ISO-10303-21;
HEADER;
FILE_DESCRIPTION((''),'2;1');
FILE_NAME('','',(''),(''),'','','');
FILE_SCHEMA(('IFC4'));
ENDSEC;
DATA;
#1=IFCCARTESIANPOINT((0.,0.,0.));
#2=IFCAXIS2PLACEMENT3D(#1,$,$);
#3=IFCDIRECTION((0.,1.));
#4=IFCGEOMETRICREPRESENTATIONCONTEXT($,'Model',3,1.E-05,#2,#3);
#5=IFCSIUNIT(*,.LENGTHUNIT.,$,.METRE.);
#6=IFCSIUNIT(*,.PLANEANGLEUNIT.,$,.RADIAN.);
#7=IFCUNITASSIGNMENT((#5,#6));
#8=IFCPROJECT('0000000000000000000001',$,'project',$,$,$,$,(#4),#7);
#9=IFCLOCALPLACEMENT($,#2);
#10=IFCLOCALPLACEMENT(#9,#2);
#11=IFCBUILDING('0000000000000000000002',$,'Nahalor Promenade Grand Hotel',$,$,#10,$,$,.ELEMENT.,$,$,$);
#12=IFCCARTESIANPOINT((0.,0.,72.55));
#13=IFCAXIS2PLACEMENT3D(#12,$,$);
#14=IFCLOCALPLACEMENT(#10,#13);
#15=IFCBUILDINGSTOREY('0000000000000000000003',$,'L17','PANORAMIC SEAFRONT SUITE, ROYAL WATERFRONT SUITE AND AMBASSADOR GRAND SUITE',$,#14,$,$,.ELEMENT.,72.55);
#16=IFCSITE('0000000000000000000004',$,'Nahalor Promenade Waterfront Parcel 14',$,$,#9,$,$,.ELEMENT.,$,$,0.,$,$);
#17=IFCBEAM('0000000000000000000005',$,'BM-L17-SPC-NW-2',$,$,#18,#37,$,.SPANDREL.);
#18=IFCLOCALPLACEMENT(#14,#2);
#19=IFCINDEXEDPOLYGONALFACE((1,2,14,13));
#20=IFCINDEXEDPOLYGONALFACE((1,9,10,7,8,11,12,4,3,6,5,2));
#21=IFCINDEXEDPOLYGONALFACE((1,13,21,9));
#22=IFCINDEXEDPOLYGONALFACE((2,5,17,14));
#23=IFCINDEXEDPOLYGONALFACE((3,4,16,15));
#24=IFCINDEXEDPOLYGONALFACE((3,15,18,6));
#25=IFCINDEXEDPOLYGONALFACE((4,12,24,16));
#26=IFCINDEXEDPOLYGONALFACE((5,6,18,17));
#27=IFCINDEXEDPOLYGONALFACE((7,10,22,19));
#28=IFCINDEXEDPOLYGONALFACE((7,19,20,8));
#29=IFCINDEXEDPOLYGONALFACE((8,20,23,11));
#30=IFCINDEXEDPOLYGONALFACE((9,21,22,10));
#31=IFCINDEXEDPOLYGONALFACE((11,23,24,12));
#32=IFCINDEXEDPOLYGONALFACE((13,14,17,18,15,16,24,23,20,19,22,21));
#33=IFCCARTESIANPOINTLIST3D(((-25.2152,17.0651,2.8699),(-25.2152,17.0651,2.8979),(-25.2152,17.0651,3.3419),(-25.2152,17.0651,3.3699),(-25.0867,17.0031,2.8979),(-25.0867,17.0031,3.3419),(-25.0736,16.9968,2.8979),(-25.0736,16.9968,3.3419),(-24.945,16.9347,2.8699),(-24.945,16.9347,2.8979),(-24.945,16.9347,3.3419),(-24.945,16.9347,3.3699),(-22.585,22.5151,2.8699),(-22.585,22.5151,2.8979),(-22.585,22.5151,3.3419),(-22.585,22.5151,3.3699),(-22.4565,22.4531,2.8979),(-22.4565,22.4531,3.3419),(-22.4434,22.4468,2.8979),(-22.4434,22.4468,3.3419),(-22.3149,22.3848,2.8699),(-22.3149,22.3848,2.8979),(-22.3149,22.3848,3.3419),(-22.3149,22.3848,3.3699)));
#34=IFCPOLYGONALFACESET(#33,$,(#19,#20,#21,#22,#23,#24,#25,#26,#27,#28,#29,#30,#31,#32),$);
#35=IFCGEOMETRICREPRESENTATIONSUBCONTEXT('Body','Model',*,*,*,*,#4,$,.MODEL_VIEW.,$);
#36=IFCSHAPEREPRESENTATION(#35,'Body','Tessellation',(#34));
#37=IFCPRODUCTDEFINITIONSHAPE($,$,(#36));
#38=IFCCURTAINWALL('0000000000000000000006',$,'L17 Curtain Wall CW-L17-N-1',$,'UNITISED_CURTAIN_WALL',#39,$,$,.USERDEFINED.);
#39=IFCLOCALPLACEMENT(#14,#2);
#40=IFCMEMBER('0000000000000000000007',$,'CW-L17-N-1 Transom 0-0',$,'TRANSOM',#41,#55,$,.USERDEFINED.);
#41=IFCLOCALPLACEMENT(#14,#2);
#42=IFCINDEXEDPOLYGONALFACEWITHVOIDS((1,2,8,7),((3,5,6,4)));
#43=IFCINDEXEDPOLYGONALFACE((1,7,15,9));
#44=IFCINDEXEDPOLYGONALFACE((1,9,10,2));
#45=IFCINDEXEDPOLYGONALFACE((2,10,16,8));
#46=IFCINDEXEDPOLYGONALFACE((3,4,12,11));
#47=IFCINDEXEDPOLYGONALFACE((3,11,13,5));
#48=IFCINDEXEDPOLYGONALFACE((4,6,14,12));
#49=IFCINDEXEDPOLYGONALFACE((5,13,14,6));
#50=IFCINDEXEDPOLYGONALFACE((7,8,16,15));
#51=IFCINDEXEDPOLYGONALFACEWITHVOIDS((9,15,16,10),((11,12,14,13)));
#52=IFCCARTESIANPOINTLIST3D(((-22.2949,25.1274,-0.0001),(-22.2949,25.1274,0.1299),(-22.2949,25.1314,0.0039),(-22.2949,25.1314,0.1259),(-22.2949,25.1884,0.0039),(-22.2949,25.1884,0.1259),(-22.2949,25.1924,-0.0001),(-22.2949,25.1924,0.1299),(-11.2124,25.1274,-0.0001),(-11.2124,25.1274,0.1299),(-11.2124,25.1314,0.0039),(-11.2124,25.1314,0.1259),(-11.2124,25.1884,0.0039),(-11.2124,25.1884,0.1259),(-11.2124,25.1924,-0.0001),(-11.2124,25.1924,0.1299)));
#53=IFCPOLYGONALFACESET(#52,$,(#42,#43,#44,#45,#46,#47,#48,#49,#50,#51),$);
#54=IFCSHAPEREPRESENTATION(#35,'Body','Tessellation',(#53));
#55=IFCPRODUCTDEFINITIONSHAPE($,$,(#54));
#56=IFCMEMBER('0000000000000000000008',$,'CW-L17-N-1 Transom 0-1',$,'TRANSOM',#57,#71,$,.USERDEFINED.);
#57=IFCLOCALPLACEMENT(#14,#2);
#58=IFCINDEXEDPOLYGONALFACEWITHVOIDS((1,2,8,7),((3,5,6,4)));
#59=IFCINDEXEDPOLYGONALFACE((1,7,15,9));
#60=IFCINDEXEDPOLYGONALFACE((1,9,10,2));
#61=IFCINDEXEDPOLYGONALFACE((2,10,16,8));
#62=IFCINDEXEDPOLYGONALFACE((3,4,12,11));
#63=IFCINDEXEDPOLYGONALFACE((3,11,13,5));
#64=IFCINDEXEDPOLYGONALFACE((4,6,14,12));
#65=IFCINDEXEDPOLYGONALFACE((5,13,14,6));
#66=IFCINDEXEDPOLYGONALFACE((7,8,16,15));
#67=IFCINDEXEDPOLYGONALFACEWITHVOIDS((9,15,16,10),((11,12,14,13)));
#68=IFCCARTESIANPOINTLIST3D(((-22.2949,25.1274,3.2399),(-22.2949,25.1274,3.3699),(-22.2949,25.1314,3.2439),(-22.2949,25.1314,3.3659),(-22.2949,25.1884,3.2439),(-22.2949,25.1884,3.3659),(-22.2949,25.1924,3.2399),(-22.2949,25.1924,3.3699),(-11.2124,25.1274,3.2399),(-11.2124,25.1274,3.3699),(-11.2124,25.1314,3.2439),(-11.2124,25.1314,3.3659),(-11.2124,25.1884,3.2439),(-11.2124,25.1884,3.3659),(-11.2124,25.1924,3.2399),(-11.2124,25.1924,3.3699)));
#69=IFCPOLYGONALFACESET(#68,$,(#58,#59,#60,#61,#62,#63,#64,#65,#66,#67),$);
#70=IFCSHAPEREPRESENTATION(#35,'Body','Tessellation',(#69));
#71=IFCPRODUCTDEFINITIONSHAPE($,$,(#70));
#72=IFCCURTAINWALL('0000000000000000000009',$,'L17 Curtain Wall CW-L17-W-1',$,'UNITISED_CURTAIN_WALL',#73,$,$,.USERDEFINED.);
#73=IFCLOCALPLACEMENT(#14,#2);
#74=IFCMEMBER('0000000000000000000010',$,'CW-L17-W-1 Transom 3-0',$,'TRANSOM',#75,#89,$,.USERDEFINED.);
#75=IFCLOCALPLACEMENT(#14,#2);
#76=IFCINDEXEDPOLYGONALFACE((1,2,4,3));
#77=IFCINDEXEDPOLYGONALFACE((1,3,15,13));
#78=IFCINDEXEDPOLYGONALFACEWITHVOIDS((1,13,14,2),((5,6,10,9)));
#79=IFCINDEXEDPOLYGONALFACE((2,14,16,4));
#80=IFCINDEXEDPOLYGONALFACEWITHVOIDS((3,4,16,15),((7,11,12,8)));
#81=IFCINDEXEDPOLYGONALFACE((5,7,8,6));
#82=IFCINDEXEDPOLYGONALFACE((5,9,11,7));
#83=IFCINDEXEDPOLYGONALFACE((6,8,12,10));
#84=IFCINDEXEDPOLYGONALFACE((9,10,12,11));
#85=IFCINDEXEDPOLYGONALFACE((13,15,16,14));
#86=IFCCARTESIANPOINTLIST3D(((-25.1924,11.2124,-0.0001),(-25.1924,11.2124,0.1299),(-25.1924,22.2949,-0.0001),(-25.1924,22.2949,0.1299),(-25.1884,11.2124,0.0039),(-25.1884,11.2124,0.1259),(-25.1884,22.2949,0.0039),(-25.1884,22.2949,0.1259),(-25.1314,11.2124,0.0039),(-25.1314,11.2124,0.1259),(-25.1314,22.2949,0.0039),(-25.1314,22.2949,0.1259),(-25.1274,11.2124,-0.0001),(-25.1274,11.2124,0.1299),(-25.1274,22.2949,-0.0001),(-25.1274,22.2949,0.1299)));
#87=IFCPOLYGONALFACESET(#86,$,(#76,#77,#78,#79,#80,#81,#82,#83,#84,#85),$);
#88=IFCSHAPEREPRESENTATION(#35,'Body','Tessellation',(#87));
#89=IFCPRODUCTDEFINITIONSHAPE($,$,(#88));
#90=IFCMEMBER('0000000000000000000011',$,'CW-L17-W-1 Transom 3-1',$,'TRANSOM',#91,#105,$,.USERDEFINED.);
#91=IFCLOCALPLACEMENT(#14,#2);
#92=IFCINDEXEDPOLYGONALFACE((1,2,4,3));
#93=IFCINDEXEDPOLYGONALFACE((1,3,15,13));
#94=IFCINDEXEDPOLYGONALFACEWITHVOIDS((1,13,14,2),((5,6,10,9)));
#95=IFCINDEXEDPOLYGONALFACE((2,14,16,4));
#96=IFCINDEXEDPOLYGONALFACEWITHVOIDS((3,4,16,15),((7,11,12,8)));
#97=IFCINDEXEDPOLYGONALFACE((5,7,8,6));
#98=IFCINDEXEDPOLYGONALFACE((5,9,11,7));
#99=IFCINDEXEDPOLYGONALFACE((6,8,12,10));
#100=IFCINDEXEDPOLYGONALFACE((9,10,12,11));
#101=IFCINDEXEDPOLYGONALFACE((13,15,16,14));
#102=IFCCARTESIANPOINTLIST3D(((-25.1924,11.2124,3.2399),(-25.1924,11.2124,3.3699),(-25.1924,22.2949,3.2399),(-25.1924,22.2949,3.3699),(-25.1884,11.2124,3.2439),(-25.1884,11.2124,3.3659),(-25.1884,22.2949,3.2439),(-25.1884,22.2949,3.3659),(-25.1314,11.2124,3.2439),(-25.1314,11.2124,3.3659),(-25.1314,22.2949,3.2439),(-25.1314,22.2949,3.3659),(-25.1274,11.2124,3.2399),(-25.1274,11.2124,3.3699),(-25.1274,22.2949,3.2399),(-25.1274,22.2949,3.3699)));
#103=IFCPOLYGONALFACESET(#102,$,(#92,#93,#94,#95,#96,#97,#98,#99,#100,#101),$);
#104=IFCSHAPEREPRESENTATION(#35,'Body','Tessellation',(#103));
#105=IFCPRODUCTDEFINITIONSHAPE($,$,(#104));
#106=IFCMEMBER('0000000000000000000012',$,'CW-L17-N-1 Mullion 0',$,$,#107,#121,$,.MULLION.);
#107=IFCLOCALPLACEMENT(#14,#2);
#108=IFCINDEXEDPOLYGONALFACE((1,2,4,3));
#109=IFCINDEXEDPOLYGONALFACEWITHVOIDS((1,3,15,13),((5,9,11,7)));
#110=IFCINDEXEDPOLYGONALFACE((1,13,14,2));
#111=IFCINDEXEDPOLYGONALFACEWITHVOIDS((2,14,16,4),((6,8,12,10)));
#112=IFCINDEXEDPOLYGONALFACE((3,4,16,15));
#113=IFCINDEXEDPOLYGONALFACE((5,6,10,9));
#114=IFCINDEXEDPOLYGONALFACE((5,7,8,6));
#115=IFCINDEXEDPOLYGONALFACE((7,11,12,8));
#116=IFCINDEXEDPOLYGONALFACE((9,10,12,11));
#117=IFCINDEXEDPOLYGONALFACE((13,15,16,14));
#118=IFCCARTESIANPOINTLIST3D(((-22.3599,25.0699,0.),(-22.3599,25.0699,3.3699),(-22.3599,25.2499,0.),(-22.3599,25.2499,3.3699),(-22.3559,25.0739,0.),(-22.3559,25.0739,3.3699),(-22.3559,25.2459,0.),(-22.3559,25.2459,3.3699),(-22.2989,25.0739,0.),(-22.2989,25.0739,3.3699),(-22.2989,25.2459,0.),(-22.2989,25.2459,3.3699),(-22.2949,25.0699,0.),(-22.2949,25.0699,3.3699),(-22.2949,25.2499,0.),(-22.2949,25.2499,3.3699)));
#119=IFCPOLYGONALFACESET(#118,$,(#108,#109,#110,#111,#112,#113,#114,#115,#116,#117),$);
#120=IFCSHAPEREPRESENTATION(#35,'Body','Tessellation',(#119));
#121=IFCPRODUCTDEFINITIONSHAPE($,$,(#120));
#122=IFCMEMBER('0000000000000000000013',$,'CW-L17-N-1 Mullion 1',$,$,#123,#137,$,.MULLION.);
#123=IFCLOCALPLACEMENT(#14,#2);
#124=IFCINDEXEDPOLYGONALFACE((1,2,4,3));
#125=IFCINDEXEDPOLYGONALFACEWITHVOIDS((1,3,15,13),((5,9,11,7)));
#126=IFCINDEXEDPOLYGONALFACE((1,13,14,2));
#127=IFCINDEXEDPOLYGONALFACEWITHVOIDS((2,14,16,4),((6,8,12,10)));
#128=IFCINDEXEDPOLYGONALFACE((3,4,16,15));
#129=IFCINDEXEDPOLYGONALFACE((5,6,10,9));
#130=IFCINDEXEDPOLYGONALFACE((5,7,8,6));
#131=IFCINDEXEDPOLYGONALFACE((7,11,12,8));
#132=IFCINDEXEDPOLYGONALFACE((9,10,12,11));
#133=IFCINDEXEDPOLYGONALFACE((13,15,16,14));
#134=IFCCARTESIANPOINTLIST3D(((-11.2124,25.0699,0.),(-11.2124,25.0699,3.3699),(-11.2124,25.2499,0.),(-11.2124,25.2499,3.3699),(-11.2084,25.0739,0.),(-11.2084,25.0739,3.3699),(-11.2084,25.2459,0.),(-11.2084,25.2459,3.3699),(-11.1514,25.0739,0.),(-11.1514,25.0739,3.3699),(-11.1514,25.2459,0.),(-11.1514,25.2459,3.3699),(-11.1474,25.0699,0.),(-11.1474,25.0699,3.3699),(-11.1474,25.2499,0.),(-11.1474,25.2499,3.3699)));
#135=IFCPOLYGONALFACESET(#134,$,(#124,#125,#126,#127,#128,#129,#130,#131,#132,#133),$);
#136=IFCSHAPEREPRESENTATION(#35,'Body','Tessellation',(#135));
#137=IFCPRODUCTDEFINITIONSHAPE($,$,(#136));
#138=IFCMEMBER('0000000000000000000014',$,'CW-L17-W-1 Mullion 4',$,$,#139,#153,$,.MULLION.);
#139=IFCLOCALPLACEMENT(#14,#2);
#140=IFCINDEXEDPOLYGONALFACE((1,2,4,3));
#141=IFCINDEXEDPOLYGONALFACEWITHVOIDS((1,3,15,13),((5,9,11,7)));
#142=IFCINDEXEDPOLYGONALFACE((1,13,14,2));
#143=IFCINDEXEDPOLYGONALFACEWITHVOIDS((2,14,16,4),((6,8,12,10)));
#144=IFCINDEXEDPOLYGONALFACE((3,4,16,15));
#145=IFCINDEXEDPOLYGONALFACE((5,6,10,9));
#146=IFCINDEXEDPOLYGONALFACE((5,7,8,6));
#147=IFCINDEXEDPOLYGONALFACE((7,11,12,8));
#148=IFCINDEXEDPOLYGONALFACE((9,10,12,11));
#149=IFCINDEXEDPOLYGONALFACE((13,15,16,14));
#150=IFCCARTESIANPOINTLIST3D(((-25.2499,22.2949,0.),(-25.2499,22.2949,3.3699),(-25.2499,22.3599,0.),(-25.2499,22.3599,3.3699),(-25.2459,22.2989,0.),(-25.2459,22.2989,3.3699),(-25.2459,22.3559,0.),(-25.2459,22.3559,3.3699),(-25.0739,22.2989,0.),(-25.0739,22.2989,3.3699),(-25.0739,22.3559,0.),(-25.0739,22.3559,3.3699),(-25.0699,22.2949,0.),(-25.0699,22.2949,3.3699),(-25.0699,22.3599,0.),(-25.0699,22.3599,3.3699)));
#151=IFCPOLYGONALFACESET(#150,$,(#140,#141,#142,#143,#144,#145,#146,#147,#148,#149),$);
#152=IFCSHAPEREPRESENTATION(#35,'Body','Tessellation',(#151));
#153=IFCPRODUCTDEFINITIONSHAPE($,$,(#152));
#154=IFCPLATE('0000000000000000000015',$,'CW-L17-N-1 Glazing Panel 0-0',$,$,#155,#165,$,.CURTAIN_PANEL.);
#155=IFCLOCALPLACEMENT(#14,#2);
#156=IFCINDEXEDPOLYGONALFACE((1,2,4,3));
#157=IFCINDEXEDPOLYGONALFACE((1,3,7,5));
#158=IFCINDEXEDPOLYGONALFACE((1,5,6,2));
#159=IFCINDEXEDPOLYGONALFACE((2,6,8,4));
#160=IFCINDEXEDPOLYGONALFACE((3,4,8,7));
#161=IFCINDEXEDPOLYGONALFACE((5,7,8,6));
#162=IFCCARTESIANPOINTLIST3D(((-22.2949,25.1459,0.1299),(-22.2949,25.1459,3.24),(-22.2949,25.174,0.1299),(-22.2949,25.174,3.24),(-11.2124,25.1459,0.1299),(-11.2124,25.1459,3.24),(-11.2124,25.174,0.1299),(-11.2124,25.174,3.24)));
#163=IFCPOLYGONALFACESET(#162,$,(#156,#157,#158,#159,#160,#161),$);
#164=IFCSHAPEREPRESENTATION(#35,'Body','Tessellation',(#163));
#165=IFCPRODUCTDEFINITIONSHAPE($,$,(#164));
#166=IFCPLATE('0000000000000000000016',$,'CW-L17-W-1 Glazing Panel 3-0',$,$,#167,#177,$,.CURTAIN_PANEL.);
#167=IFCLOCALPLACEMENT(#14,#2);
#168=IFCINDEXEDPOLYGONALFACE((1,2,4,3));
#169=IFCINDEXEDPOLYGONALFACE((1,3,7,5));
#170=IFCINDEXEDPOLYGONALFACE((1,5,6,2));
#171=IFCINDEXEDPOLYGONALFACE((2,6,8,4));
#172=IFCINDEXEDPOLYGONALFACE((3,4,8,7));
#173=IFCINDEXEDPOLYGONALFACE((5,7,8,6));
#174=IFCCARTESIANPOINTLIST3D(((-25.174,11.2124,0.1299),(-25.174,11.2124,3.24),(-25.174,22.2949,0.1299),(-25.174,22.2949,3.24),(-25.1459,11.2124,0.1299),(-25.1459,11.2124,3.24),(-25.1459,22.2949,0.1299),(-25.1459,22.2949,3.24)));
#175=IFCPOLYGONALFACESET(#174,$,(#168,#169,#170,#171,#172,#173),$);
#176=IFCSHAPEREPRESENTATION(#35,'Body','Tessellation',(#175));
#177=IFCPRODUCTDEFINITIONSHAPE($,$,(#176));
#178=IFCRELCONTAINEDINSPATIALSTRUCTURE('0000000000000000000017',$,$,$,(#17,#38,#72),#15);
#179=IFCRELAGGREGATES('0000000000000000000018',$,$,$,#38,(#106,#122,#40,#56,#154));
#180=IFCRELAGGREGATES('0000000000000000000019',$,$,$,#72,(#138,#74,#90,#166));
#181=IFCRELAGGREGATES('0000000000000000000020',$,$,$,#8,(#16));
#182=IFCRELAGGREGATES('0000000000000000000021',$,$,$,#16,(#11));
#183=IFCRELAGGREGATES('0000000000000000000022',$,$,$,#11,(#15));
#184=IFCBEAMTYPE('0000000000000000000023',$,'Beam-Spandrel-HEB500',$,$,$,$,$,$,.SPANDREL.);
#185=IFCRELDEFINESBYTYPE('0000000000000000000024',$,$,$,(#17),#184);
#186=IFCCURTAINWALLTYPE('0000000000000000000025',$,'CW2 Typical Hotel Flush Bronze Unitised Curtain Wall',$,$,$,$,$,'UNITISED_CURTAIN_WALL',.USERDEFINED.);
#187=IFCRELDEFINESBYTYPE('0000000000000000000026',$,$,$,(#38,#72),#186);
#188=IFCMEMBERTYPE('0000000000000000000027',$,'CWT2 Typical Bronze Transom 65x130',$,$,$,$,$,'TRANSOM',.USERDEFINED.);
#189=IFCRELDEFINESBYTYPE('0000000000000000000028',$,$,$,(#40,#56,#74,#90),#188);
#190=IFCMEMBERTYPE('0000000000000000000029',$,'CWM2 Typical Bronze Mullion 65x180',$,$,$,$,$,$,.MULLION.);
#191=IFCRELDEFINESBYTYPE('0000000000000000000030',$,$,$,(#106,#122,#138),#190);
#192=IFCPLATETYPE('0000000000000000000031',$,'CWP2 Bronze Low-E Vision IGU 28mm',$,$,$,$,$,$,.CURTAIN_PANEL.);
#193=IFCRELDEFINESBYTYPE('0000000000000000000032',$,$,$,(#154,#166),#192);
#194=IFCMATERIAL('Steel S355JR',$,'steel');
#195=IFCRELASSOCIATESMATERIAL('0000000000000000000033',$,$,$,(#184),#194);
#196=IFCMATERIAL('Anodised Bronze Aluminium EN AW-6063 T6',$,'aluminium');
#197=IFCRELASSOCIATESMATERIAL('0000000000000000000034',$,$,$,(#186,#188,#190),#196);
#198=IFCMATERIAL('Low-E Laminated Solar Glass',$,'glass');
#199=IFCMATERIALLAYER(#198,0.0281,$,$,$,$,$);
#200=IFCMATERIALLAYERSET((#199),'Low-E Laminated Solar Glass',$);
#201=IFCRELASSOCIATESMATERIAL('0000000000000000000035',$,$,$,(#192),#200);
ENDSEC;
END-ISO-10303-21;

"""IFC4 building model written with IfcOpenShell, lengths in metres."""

from ifc_helpers import new_model, si_unit, direction, frame, origin, origin_2d, place, context, subcontext, project, spatial, rectangle, hollow_rectangle, i_section, extrude, source, transform, mapped, material, layer, layer_set, material_profile, profile_set, type_object, element, aggregate, save


model = new_model("IFC4")

# Units and contexts
model_context = context("Model", 3, precision=1e-05, world=origin(), true_north=direction((0.0, 1.0)))
body_context = subcontext(model_context, "Body", "Model", "MODEL_VIEW")
ifc_project = project(units=[si_unit("LENGTHUNIT", "METRE"), si_unit("PLANEANGLEUNIT", "RADIAN")], contexts=[model_context])

# Site, building, storey
site_placement = place(None, origin())
site = spatial("IfcSite", under=ifc_project, at=site_placement, Name="Nahalor Promenade Waterfront Parcel 14", CompositionType="ELEMENT", RefElevation=0.0)
building_placement = place(site_placement, origin())
building = spatial("IfcBuilding", under=site, at=building_placement, Name="Nahalor Promenade Grand Hotel", CompositionType="ELEMENT")
storey_placement = place(building_placement, frame((0.0, 0.0, 72.55)))
storey = spatial("IfcBuildingStorey", under=building, at=storey_placement, Name="L17", Description="PANORAMIC SEAFRONT SUITE, ROYAL WATERFRONT SUITE AND AMBASSADOR GRAND SUITE", CompositionType="ELEMENT", Elevation=72.55)

# Beam
ifc_material_1 = material(Name="Steel S355JR", Category="steel")
ifc_material_profile_1 = material_profile(ifc_material_1, i_section(OverallWidth=0.3, OverallDepth=0.5, WebThickness=0.0145, FlangeThickness=0.028, at=origin_2d()), Name="HEB 500")
ifc_profile_set_1 = profile_set([ifc_material_profile_1], Name="Steel S355JR")
beam_type_1 = type_object("IfcBeamType", Name="Beam-Spandrel-HEB500", PredefinedType="SPANDREL", material=ifc_profile_set_1)
shared_shape_1 = source(origin(), body_context, "Body", "SweptSolid", [
    extrude(i_section(OverallWidth=0.3, OverallDepth=0.5, WebThickness=0.0145, FlangeThickness=0.028, at=origin_2d()), origin(), (0.0, 0.0, 1.0), 6.0515),
])
for number, where, z_axis, x_axis, name in (
    (1, (-22.45, 22.45, 3.1199), (-0.434631, -0.900609, 0.0), (0.900609, -0.434631, 0.0), "BM-L17-SPC-NW-2"),
):
    element("IfcBeam", number, at=place(storey_placement, frame(where, z_axis=z_axis, x_axis=x_axis)), inside=storey, type_object=beam_type_1, Name=name, PredefinedType="SPANDREL", context=body_context, shape_type="MappedRepresentation", body=[
        mapped(shared_shape_1, transform((0.0, 0.0, 0.0), scale=1.0)),
    ])

# Curtain walls, members
ifc_material_2 = material(Name="Anodised Bronze Aluminium EN AW-6063 T6", Category="aluminium")
curtain_wall_type = type_object("IfcCurtainWallType", Name="CW2 Typical Hotel Flush Bronze Unitised Curtain Wall", ElementType="UNITISED_CURTAIN_WALL", PredefinedType="USERDEFINED", material=ifc_material_2)
curtain_wall_1_placement = place(storey_placement, origin())
curtain_wall_1 = element("IfcCurtainWall", 2, at=curtain_wall_1_placement, inside=storey, type_object=curtain_wall_type, Name="L17 Curtain Wall CW-L17-N-1", ObjectType="UNITISED_CURTAIN_WALL", PredefinedType="USERDEFINED")
ifc_material_profile_2 = material_profile(ifc_material_2, hollow_rectangle(XDim=0.065, YDim=0.13, WallThickness=0.004, at=origin_2d()), Name="CWT 65x130x4")
ifc_profile_set_2 = profile_set([ifc_material_profile_2], Name="Anodised Bronze Aluminium EN AW-6063 T6")
member_type_1 = type_object("IfcMemberType", Name="CWT2 Typical Bronze Transom 65x130", ElementType="TRANSOM", PredefinedType="USERDEFINED", material=ifc_profile_set_2)
shared_shape_2 = source(origin(), body_context, "Body", "SweptSolid", [
    extrude(hollow_rectangle(XDim=0.065, YDim=0.13, WallThickness=0.004, at=origin_2d()), origin(), (0.0, 0.0, 1.0), 11.0825),
])
member_1_placement = place(storey_placement, frame((-22.2949, 25.1599, 0.0649), z_axis=(1.0, 0.0, 0.0), x_axis=(0.0, 1.0, 0.0)))
member_1 = element("IfcMember", 3, at=member_1_placement, type_object=member_type_1, Name="CW-L17-N-1 Transom 0-0", ObjectType="TRANSOM", PredefinedType="USERDEFINED", context=body_context, shape_type="MappedRepresentation", body=[
    mapped(shared_shape_2, transform((0.0, 0.0, 0.0), scale=1.0)),
])
member_2_placement = place(storey_placement, frame((-22.2949, 25.1599, 3.3049), z_axis=(1.0, 0.0, 0.0), x_axis=(0.0, 1.0, 0.0)))
member_2 = element("IfcMember", 4, at=member_2_placement, type_object=member_type_1, Name="CW-L17-N-1 Transom 0-1", ObjectType="TRANSOM", PredefinedType="USERDEFINED", context=body_context, shape_type="MappedRepresentation", body=[
    mapped(shared_shape_2, transform((0.0, 0.0, 0.0), scale=1.0)),
])
curtain_wall_2_placement = place(storey_placement, origin())
curtain_wall_2 = element("IfcCurtainWall", 5, at=curtain_wall_2_placement, inside=storey, type_object=curtain_wall_type, Name="L17 Curtain Wall CW-L17-W-1", ObjectType="UNITISED_CURTAIN_WALL", PredefinedType="USERDEFINED")
member_3_placement = place(storey_placement, frame((-25.1599, 11.2124, 0.0649), z_axis=(0.0, 1.0, 0.0), x_axis=(-1.0, 0.0, 0.0)))
member_3 = element("IfcMember", 6, at=member_3_placement, type_object=member_type_1, Name="CW-L17-W-1 Transom 3-0", ObjectType="TRANSOM", PredefinedType="USERDEFINED", context=body_context, shape_type="MappedRepresentation", body=[
    mapped(shared_shape_2, transform((0.0, 0.0, 0.0), scale=1.0)),
])
member_4_placement = place(storey_placement, frame((-25.1599, 11.2124, 3.3049), z_axis=(0.0, 1.0, 0.0), x_axis=(-1.0, 0.0, 0.0)))
member_4 = element("IfcMember", 7, at=member_4_placement, type_object=member_type_1, Name="CW-L17-W-1 Transom 3-1", ObjectType="TRANSOM", PredefinedType="USERDEFINED", context=body_context, shape_type="MappedRepresentation", body=[
    mapped(shared_shape_2, transform((0.0, 0.0, 0.0), scale=1.0)),
])

# Members
ifc_material_profile_3 = material_profile(ifc_material_2, hollow_rectangle(XDim=0.065, YDim=0.18, WallThickness=0.004, at=origin_2d()), Name="CWM 65x180x4")
ifc_profile_set_3 = profile_set([ifc_material_profile_3], Name="Anodised Bronze Aluminium EN AW-6063 T6")
member_type_2 = type_object("IfcMemberType", Name="CWM2 Typical Bronze Mullion 65x180", PredefinedType="MULLION", material=ifc_profile_set_3)
shared_shape_3 = source(origin(), body_context, "Body", "SweptSolid", [
    extrude(hollow_rectangle(XDim=0.065, YDim=0.18, WallThickness=0.004, at=origin_2d()), origin(), (0.0, 0.0, 1.0), 3.3699),
])
member_5_placement = place(storey_placement, frame((-22.3274, 25.1599, 0.0), z_axis=(0.0, 0.0, 1.0), x_axis=(1.0, 0.0, 0.0)))
member_5 = element("IfcMember", 8, at=member_5_placement, type_object=member_type_2, Name="CW-L17-N-1 Mullion 0", PredefinedType="MULLION", context=body_context, shape_type="MappedRepresentation", body=[
    mapped(shared_shape_3, transform((0.0, 0.0, 0.0), scale=1.0)),
])
member_6_placement = place(storey_placement, frame((-11.1799, 25.1599, 0.0), z_axis=(0.0, 0.0, 1.0), x_axis=(1.0, 0.0, 0.0)))
member_6 = element("IfcMember", 9, at=member_6_placement, type_object=member_type_2, Name="CW-L17-N-1 Mullion 1", PredefinedType="MULLION", context=body_context, shape_type="MappedRepresentation", body=[
    mapped(shared_shape_3, transform((0.0, 0.0, 0.0), scale=1.0)),
])
member_7_placement = place(storey_placement, frame((-25.1599, 22.3274, 0.0), z_axis=(0.0, 0.0, 1.0), x_axis=(0.0, 1.0, 0.0)))
member_7 = element("IfcMember", 10, at=member_7_placement, type_object=member_type_2, Name="CW-L17-W-1 Mullion 4", PredefinedType="MULLION", context=body_context, shape_type="MappedRepresentation", body=[
    mapped(shared_shape_3, transform((0.0, 0.0, 0.0), scale=1.0)),
])

# Plates
ifc_material_3 = material(Name="Low-E Laminated Solar Glass", Category="glass")
ifc_layer_1 = layer(ifc_material_3, 0.0281)
ifc_layer_set_1 = layer_set([ifc_layer_1], Name="Low-E Laminated Solar Glass")
plate_type = type_object("IfcPlateType", Name="CWP2 Bronze Low-E Vision IGU 28mm", PredefinedType="CURTAIN_PANEL", material=ifc_layer_set_1)
shared_shape_4 = source(origin(), body_context, "Body", "SweptSolid", [
    extrude(rectangle(XDim=11.0825, YDim=0.0281, at=origin_2d()), origin(), (0.0, 0.0, 1.0), 3.1101),
])
plate_1_placement = place(storey_placement, frame((-16.7537, 25.1599, 0.1299), z_axis=(0.0, 0.0, 1.0), x_axis=(1.0, 0.0, 0.0)))
plate_1 = element("IfcPlate", 11, at=plate_1_placement, type_object=plate_type, Name="CW-L17-N-1 Glazing Panel 0-0", PredefinedType="CURTAIN_PANEL", context=body_context, shape_type="MappedRepresentation", body=[
    mapped(shared_shape_4, transform((0.0, 0.0, 0.0), scale=1.0)),
])
aggregate(curtain_wall_1, [member_5, member_6, member_1, member_2, plate_1])
plate_2_placement = place(storey_placement, frame((-25.1599, 16.7537, 0.1299), z_axis=(0.0, 0.0, 1.0), x_axis=(0.0, 1.0, 0.0)))
plate_2 = element("IfcPlate", 12, at=plate_2_placement, type_object=plate_type, Name="CW-L17-W-1 Glazing Panel 3-0", PredefinedType="CURTAIN_PANEL", context=body_context, shape_type="MappedRepresentation", body=[
    mapped(shared_shape_4, transform((0.0, 0.0, 0.0), scale=1.0)),
])
aggregate(curtain_wall_2, [member_7, member_3, member_4, plate_2])

save(model, "model.ifc")
